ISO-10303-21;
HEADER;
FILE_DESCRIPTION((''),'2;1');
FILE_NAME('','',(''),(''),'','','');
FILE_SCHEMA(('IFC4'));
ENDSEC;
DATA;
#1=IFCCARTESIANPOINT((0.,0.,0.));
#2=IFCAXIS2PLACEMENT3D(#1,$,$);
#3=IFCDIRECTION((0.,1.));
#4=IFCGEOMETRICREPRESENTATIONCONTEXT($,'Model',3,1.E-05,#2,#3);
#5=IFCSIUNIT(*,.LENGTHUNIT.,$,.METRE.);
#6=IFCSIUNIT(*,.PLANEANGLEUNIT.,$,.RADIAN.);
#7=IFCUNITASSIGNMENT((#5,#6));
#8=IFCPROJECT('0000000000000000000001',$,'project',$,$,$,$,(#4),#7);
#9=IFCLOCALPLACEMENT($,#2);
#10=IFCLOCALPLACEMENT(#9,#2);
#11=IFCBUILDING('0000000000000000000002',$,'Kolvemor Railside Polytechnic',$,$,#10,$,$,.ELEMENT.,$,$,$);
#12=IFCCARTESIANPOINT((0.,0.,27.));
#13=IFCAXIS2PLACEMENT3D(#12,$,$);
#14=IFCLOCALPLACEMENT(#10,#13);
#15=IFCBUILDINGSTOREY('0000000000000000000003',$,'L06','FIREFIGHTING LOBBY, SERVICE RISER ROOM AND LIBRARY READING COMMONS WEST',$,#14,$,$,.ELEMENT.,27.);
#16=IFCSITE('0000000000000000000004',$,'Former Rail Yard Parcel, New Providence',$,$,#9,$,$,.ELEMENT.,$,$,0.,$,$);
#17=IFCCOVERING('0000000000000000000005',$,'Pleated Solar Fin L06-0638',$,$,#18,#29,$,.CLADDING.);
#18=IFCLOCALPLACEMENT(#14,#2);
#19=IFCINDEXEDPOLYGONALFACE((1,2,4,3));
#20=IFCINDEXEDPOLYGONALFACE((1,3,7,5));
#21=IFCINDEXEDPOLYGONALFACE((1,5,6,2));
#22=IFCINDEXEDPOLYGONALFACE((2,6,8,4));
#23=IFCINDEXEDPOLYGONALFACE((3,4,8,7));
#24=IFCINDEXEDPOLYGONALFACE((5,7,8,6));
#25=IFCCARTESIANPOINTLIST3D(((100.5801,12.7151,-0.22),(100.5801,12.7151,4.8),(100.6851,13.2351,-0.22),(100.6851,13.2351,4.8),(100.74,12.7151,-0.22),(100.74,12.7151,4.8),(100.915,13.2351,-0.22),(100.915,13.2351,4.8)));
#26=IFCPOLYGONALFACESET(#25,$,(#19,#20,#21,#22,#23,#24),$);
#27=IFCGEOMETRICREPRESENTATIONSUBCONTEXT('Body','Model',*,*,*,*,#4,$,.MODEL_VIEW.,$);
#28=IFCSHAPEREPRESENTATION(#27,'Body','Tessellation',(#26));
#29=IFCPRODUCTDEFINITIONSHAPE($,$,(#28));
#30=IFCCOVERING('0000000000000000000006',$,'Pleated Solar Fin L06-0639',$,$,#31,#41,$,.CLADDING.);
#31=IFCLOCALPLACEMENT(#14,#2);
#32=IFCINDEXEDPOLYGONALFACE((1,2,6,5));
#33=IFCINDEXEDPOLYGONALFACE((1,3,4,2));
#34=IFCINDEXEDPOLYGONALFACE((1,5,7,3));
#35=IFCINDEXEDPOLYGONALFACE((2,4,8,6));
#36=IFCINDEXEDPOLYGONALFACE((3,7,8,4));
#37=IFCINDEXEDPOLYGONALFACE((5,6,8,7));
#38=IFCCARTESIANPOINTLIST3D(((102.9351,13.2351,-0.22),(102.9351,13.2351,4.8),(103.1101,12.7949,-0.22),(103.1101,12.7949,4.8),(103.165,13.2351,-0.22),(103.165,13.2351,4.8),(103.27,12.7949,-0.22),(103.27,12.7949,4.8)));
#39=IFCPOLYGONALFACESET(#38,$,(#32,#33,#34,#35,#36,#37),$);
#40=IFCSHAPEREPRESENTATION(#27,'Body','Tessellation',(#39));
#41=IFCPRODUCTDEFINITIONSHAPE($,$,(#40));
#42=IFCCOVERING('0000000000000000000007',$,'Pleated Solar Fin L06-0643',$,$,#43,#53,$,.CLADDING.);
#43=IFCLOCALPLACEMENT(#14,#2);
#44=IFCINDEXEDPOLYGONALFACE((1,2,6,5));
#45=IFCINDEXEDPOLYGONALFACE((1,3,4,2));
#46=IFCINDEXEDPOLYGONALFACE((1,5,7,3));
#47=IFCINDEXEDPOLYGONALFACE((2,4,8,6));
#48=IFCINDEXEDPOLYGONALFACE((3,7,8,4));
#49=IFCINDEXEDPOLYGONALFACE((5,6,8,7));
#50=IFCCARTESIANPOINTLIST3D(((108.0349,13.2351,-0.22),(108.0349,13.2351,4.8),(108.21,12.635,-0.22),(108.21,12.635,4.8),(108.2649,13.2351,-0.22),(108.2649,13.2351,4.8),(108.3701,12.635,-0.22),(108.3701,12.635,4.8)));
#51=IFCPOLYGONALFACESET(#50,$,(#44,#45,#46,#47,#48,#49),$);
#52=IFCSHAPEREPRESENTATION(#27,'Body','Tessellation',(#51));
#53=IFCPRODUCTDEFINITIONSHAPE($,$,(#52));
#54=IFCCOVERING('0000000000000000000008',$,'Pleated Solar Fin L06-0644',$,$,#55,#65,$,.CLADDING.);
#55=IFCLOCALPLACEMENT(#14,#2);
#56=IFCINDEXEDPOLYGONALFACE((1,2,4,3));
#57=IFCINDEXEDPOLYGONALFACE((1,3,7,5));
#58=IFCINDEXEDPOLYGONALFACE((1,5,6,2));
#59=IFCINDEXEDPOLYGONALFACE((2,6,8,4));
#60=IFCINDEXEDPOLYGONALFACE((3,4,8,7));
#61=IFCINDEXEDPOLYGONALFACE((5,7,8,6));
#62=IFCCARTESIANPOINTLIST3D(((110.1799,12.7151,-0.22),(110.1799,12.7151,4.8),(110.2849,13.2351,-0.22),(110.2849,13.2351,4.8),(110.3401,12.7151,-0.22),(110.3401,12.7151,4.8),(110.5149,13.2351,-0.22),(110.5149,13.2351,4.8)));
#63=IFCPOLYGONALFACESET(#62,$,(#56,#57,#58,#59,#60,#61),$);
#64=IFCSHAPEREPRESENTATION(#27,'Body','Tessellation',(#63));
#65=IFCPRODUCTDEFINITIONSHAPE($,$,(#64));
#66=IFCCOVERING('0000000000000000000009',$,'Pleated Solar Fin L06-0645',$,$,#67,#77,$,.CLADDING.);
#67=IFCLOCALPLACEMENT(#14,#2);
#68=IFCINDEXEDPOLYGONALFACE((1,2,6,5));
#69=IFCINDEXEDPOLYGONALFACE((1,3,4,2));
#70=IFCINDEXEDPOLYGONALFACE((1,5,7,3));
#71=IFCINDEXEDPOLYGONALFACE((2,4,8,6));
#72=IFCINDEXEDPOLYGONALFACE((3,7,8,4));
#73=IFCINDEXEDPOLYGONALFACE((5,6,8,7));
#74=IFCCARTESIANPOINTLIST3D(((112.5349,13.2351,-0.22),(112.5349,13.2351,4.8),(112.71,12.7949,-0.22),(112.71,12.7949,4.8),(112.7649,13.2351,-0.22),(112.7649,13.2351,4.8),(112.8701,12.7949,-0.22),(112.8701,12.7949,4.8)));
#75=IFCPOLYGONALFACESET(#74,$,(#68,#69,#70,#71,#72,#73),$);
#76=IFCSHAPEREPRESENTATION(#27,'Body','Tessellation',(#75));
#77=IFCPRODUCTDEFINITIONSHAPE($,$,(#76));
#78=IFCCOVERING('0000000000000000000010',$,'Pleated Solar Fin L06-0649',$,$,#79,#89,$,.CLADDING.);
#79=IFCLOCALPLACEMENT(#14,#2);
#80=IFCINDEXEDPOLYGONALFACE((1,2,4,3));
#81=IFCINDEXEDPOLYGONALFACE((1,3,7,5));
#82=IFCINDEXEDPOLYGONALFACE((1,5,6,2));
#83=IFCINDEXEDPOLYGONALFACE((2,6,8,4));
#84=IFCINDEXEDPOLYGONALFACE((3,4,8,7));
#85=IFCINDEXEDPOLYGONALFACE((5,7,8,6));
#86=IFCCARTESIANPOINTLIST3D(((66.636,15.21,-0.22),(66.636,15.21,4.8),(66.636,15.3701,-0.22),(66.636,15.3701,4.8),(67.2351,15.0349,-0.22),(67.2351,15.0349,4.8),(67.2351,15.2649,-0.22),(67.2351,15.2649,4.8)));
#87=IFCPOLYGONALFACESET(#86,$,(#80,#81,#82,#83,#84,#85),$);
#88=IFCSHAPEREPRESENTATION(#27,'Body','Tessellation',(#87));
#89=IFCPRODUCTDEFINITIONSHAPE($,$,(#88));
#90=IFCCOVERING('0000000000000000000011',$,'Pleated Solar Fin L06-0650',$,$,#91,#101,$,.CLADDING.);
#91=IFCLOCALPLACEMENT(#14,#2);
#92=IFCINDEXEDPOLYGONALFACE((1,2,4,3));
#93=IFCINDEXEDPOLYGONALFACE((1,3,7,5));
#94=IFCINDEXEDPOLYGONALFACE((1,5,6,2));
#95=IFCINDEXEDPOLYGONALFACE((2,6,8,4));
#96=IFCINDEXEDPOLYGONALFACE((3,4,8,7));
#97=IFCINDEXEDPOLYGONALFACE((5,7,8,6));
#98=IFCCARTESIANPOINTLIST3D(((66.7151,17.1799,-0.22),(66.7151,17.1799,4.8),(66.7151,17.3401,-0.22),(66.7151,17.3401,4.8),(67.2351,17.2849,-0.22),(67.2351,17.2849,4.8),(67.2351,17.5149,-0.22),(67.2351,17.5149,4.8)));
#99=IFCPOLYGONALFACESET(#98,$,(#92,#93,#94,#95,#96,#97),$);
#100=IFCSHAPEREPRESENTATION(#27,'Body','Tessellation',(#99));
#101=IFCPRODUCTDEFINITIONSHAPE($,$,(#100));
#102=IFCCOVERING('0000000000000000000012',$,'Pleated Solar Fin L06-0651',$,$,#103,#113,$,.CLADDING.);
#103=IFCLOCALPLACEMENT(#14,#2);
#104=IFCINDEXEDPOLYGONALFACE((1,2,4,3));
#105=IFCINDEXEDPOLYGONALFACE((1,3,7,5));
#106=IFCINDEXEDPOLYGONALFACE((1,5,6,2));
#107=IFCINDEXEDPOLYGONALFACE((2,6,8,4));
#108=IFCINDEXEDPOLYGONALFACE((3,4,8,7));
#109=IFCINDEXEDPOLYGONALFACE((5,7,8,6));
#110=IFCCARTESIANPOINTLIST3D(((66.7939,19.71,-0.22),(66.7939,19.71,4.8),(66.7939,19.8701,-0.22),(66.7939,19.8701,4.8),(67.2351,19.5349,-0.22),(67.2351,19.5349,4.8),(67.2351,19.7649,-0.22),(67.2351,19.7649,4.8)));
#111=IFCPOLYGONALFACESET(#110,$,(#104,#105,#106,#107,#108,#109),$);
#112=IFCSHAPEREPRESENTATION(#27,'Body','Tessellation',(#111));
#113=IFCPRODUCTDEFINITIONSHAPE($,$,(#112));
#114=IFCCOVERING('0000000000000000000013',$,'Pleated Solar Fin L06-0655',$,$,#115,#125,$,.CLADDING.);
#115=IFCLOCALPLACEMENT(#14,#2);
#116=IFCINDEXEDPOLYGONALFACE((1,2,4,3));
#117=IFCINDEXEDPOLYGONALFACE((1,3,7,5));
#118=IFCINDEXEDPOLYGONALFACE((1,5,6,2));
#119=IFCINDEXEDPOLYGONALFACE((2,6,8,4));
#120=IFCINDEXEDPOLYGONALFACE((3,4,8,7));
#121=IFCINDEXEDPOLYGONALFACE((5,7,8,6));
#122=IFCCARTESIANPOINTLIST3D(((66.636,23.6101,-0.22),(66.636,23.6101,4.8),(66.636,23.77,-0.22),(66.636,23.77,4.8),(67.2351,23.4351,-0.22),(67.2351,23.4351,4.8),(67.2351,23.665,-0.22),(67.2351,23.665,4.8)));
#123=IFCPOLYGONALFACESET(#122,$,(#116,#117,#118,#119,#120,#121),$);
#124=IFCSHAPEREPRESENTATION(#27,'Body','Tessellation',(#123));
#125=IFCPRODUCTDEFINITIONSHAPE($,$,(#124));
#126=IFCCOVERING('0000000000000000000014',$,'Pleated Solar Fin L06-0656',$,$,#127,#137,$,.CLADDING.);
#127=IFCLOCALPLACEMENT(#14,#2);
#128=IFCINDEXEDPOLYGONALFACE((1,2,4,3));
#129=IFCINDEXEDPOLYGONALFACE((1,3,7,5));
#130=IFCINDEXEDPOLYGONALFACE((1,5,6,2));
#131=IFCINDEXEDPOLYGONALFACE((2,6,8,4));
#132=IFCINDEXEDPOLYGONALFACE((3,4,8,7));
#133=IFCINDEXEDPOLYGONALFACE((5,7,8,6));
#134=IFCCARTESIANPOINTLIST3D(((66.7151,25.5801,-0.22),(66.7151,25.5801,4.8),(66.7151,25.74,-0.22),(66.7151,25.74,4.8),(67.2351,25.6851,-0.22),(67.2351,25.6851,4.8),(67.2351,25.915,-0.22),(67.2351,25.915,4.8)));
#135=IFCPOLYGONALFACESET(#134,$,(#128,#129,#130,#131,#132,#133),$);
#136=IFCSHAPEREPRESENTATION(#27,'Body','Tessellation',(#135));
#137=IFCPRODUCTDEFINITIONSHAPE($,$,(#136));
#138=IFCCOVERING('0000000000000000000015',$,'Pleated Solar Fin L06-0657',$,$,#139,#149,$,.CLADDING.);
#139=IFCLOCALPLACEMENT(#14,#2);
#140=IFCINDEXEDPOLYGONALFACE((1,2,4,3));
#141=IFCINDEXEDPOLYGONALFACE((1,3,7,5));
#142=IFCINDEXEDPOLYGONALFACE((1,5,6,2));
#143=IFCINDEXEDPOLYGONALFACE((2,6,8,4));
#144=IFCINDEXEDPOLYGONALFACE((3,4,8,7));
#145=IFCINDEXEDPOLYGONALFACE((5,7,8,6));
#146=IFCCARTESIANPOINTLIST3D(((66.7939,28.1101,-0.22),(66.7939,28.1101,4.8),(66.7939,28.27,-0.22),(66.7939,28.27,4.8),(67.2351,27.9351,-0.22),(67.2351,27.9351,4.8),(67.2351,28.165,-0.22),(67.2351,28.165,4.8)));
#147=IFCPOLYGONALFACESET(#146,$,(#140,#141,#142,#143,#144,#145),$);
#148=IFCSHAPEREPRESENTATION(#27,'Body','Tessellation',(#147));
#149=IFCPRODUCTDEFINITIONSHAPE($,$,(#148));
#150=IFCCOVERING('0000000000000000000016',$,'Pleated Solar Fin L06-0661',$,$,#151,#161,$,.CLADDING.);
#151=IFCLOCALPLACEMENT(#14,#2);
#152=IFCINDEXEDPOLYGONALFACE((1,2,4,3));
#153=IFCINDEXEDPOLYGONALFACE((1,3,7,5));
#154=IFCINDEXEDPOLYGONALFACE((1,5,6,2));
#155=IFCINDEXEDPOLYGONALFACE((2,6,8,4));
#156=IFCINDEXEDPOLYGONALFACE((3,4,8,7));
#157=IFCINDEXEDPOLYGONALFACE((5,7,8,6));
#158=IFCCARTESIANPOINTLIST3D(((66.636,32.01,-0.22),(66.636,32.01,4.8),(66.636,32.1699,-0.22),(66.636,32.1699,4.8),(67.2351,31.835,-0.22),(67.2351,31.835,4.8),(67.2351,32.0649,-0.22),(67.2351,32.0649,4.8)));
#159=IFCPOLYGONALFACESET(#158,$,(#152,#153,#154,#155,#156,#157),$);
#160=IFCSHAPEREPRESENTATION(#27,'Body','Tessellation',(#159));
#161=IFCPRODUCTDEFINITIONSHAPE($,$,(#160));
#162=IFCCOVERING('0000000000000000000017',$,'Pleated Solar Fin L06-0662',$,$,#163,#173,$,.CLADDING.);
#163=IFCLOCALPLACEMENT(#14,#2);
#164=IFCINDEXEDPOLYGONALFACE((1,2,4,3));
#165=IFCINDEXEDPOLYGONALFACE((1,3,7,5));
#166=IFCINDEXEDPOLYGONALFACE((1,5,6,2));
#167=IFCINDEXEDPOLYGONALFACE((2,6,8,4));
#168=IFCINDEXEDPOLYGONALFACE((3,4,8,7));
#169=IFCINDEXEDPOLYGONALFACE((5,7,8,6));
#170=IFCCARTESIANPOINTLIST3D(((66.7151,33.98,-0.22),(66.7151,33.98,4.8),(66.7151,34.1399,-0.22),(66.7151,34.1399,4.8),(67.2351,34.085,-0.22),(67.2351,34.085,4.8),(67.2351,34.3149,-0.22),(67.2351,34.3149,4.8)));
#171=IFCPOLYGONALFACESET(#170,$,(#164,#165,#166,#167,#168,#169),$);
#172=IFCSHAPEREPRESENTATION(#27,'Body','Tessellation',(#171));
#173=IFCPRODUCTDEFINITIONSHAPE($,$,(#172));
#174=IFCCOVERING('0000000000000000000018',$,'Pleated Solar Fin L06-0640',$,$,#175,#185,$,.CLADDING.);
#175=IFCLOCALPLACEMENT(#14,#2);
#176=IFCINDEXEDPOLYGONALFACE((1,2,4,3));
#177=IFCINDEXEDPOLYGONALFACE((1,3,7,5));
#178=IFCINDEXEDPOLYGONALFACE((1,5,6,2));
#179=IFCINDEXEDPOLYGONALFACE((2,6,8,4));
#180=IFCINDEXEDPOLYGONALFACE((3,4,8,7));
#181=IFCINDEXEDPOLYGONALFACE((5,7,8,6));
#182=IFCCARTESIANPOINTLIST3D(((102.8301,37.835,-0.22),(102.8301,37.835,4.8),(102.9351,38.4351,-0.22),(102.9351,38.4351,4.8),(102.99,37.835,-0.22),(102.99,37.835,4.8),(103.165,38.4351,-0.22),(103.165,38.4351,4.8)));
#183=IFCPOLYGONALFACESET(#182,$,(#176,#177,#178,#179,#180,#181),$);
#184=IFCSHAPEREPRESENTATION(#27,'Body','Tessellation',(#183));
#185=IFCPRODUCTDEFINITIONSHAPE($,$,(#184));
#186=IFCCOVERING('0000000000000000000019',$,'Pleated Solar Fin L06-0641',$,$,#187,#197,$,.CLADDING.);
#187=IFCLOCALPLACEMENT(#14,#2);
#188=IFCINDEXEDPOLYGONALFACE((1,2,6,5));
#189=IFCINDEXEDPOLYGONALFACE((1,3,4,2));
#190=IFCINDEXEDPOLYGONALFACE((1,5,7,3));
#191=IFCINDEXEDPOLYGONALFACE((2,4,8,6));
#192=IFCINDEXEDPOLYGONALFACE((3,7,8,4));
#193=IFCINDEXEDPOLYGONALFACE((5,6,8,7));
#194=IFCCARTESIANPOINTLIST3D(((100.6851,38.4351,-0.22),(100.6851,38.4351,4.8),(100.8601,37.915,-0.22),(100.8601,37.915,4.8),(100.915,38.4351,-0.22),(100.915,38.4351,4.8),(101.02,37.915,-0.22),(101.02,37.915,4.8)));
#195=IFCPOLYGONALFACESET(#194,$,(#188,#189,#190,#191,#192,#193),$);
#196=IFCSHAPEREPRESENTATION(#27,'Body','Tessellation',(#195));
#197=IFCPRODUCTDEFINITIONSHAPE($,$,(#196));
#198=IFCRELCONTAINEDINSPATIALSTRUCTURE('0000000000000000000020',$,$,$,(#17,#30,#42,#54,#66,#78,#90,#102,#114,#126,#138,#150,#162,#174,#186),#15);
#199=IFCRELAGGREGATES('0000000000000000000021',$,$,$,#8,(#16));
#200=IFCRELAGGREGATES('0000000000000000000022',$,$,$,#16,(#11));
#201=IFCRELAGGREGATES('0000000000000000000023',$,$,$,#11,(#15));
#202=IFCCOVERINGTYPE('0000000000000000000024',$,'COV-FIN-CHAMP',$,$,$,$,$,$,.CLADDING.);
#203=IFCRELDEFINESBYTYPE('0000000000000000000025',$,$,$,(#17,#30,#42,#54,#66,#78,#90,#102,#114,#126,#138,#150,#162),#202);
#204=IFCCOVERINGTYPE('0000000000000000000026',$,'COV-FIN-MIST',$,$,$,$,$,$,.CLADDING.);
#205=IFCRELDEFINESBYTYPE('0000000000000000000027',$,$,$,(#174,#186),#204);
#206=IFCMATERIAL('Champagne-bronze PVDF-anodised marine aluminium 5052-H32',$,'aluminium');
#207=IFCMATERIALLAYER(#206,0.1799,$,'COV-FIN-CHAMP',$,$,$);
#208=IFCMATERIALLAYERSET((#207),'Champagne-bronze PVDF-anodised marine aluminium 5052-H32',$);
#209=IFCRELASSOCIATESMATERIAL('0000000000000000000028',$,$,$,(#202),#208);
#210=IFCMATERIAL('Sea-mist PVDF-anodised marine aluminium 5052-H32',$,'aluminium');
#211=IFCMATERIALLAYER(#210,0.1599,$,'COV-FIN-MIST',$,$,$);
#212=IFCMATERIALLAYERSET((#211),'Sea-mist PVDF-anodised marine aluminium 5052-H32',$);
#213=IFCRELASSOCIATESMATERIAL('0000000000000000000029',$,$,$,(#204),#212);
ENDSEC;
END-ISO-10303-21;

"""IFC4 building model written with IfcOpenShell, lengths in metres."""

from ifc_helpers import new_model, si_unit, direction, frame, origin, place, context, subcontext, project, spatial, polyline, outline, extrude, material, layer, layer_set, type_object, element, save


model = new_model("IFC4")

# Units and contexts
model_context = context("Model", 3, precision=1e-05, world=origin(), true_north=direction((0.0, 1.0)))
body_context = subcontext(model_context, "Body", "Model", "MODEL_VIEW")
ifc_project = project(units=[si_unit("LENGTHUNIT", "METRE"), si_unit("PLANEANGLEUNIT", "RADIAN")], contexts=[model_context])

# Site, building, storey
site_placement = place(None, origin())
site = spatial("IfcSite", under=ifc_project, at=site_placement, Name="Former Rail Yard Parcel, New Providence", CompositionType="ELEMENT", RefElevation=0.0)
building_placement = place(site_placement, origin())
building = spatial("IfcBuilding", under=site, at=building_placement, Name="Kolvemor Railside Polytechnic", CompositionType="ELEMENT")
storey_placement = place(building_placement, frame((0.0, 0.0, 27.0)))
storey = spatial("IfcBuildingStorey", under=building, at=storey_placement, Name="L06", Description="FIREFIGHTING LOBBY, SERVICE RISER ROOM AND LIBRARY READING COMMONS WEST", CompositionType="ELEMENT", Elevation=27.0)

# Coverings
ifc_material_1 = material(Name="Champagne-bronze PVDF-anodised marine aluminium 5052-H32", Category="aluminium")
ifc_layer_1 = layer(ifc_material_1, 0.1799, Name="COV-FIN-CHAMP")
ifc_layer_set_1 = layer_set([ifc_layer_1], Name="Champagne-bronze PVDF-anodised marine aluminium 5052-H32")
covering_type_1 = type_object("IfcCoveringType", Name="COV-FIN-CHAMP", PredefinedType="CLADDING", material=ifc_layer_set_1)
covering_1_placement = place(storey_placement, frame((0.0, 0.0, -0.22)))
element("IfcCovering", 1, at=covering_1_placement, inside=storey, type_object=covering_type_1, Name="Pleated Solar Fin L06-0638", PredefinedType="CLADDING", context=body_context, shape_type="SweptSolid", body=[
    extrude(outline(polyline([(100.6851, 13.2351), (100.915, 13.2351), (100.74, 12.7151), (100.5801, 12.7151), (100.6851, 13.2351)])), origin(), (0.0, 0.0, 1.0), 5.02),
])
covering_2_placement = place(storey_placement, frame((0.0, 0.0, -0.22)))
element("IfcCovering", 2, at=covering_2_placement, inside=storey, type_object=covering_type_1, Name="Pleated Solar Fin L06-0639", PredefinedType="CLADDING", context=body_context, shape_type="SweptSolid", body=[
    extrude(outline(polyline([(102.9351, 13.2351), (103.165, 13.2351), (103.27, 12.7949), (103.1101, 12.7949), (102.9351, 13.2351)])), origin(), (0.0, 0.0, 1.0), 5.02),
])
covering_3_placement = place(storey_placement, frame((0.0, 0.0, -0.22)))
element("IfcCovering", 3, at=covering_3_placement, inside=storey, type_object=covering_type_1, Name="Pleated Solar Fin L06-0643", PredefinedType="CLADDING", context=body_context, shape_type="SweptSolid", body=[
    extrude(outline(polyline([(108.0349, 13.2351), (108.2649, 13.2351), (108.3701, 12.635), (108.21, 12.635), (108.0349, 13.2351)])), origin(), (0.0, 0.0, 1.0), 5.02),
])
covering_4_placement = place(storey_placement, frame((0.0, 0.0, -0.22)))
element("IfcCovering", 4, at=covering_4_placement, inside=storey, type_object=covering_type_1, Name="Pleated Solar Fin L06-0644", PredefinedType="CLADDING", context=body_context, shape_type="SweptSolid", body=[
    extrude(outline(polyline([(110.2849, 13.2351), (110.5149, 13.2351), (110.3401, 12.7151), (110.1799, 12.7151), (110.2849, 13.2351)])), origin(), (0.0, 0.0, 1.0), 5.02),
])
covering_5_placement = place(storey_placement, frame((0.0, 0.0, -0.22)))
element("IfcCovering", 5, at=covering_5_placement, inside=storey, type_object=covering_type_1, Name="Pleated Solar Fin L06-0645", PredefinedType="CLADDING", context=body_context, shape_type="SweptSolid", body=[
    extrude(outline(polyline([(112.5349, 13.2351), (112.7649, 13.2351), (112.8701, 12.7949), (112.71, 12.7949), (112.5349, 13.2351)])), origin(), (0.0, 0.0, 1.0), 5.02),
])
covering_6_placement = place(storey_placement, frame((0.0, 0.0, -0.22)))
element("IfcCovering", 6, at=covering_6_placement, inside=storey, type_object=covering_type_1, Name="Pleated Solar Fin L06-0649", PredefinedType="CLADDING", context=body_context, shape_type="SweptSolid", body=[
    extrude(outline(polyline([(67.2351, 15.0349), (67.2351, 15.2649), (66.636, 15.3701), (66.636, 15.21), (67.2351, 15.0349)])), origin(), (0.0, 0.0, 1.0), 5.02),
])
covering_7_placement = place(storey_placement, frame((0.0, 0.0, -0.22)))
element("IfcCovering", 7, at=covering_7_placement, inside=storey, type_object=covering_type_1, Name="Pleated Solar Fin L06-0650", PredefinedType="CLADDING", context=body_context, shape_type="SweptSolid", body=[
    extrude(outline(polyline([(67.2351, 17.2849), (67.2351, 17.5149), (66.7151, 17.3401), (66.7151, 17.1799), (67.2351, 17.2849)])), origin(), (0.0, 0.0, 1.0), 5.02),
])
covering_8_placement = place(storey_placement, frame((0.0, 0.0, -0.22)))
element("IfcCovering", 8, at=covering_8_placement, inside=storey, type_object=covering_type_1, Name="Pleated Solar Fin L06-0651", PredefinedType="CLADDING", context=body_context, shape_type="SweptSolid", body=[
    extrude(outline(polyline([(67.2351, 19.5349), (67.2351, 19.7649), (66.7939, 19.8701), (66.7939, 19.71), (67.2351, 19.5349)])), origin(), (0.0, 0.0, 1.0), 5.02),
])
covering_9_placement = place(storey_placement, frame((0.0, 0.0, -0.22)))
element("IfcCovering", 9, at=covering_9_placement, inside=storey, type_object=covering_type_1, Name="Pleated Solar Fin L06-0655", PredefinedType="CLADDING", context=body_context, shape_type="SweptSolid", body=[
    extrude(outline(polyline([(67.2351, 23.4351), (67.2351, 23.665), (66.636, 23.77), (66.636, 23.6101), (67.2351, 23.4351)])), origin(), (0.0, 0.0, 1.0), 5.02),
])
covering_10_placement = place(storey_placement, frame((0.0, 0.0, -0.22)))
element("IfcCovering", 10, at=covering_10_placement, inside=storey, type_object=covering_type_1, Name="Pleated Solar Fin L06-0656", PredefinedType="CLADDING", context=body_context, shape_type="SweptSolid", body=[
    extrude(outline(polyline([(67.2351, 25.6851), (67.2351, 25.915), (66.7151, 25.74), (66.7151, 25.5801), (67.2351, 25.6851)])), origin(), (0.0, 0.0, 1.0), 5.02),
])
covering_11_placement = place(storey_placement, frame((0.0, 0.0, -0.22)))
element("IfcCovering", 11, at=covering_11_placement, inside=storey, type_object=covering_type_1, Name="Pleated Solar Fin L06-0657", PredefinedType="CLADDING", context=body_context, shape_type="SweptSolid", body=[
    extrude(outline(polyline([(67.2351, 27.9351), (67.2351, 28.165), (66.7939, 28.27), (66.7939, 28.1101), (67.2351, 27.9351)])), origin(), (0.0, 0.0, 1.0), 5.02),
])
covering_12_placement = place(storey_placement, frame((0.0, 0.0, -0.22)))
element("IfcCovering", 12, at=covering_12_placement, inside=storey, type_object=covering_type_1, Name="Pleated Solar Fin L06-0661", PredefinedType="CLADDING", context=body_context, shape_type="SweptSolid", body=[
    extrude(outline(polyline([(67.2351, 31.835), (67.2351, 32.0649), (66.636, 32.1699), (66.636, 32.01), (67.2351, 31.835)])), origin(), (0.0, 0.0, 1.0), 5.02),
])
covering_13_placement = place(storey_placement, frame((0.0, 0.0, -0.22)))
element("IfcCovering", 13, at=covering_13_placement, inside=storey, type_object=covering_type_1, Name="Pleated Solar Fin L06-0662", PredefinedType="CLADDING", context=body_context, shape_type="SweptSolid", body=[
    extrude(outline(polyline([(67.2351, 34.085), (67.2351, 34.3149), (66.7151, 34.1399), (66.7151, 33.98), (67.2351, 34.085)])), origin(), (0.0, 0.0, 1.0), 5.02),
])
ifc_material_2 = material(Name="Sea-mist PVDF-anodised marine aluminium 5052-H32", Category="aluminium")
ifc_layer_2 = layer(ifc_material_2, 0.1599, Name="COV-FIN-MIST")
ifc_layer_set_2 = layer_set([ifc_layer_2], Name="Sea-mist PVDF-anodised marine aluminium 5052-H32")
covering_type_2 = type_object("IfcCoveringType", Name="COV-FIN-MIST", PredefinedType="CLADDING", material=ifc_layer_set_2)
covering_14_placement = place(storey_placement, frame((0.0, 0.0, -0.22)))
element("IfcCovering", 14, at=covering_14_placement, inside=storey, type_object=covering_type_2, Name="Pleated Solar Fin L06-0640", PredefinedType="CLADDING", context=body_context, shape_type="SweptSolid", body=[
    extrude(outline(polyline([(103.165, 38.4351), (102.9351, 38.4351), (102.8301, 37.835), (102.99, 37.835), (103.165, 38.4351)])), origin(), (0.0, 0.0, 1.0), 5.02),
])
covering_15_placement = place(storey_placement, frame((0.0, 0.0, -0.22)))
element("IfcCovering", 15, at=covering_15_placement, inside=storey, type_object=covering_type_2, Name="Pleated Solar Fin L06-0641", PredefinedType="CLADDING", context=body_context, shape_type="SweptSolid", body=[
    extrude(outline(polyline([(100.915, 38.4351), (100.6851, 38.4351), (100.8601, 37.915), (101.02, 37.915), (100.915, 38.4351)])), origin(), (0.0, 0.0, 1.0), 5.02),
])

save(model, "model.ifc")
